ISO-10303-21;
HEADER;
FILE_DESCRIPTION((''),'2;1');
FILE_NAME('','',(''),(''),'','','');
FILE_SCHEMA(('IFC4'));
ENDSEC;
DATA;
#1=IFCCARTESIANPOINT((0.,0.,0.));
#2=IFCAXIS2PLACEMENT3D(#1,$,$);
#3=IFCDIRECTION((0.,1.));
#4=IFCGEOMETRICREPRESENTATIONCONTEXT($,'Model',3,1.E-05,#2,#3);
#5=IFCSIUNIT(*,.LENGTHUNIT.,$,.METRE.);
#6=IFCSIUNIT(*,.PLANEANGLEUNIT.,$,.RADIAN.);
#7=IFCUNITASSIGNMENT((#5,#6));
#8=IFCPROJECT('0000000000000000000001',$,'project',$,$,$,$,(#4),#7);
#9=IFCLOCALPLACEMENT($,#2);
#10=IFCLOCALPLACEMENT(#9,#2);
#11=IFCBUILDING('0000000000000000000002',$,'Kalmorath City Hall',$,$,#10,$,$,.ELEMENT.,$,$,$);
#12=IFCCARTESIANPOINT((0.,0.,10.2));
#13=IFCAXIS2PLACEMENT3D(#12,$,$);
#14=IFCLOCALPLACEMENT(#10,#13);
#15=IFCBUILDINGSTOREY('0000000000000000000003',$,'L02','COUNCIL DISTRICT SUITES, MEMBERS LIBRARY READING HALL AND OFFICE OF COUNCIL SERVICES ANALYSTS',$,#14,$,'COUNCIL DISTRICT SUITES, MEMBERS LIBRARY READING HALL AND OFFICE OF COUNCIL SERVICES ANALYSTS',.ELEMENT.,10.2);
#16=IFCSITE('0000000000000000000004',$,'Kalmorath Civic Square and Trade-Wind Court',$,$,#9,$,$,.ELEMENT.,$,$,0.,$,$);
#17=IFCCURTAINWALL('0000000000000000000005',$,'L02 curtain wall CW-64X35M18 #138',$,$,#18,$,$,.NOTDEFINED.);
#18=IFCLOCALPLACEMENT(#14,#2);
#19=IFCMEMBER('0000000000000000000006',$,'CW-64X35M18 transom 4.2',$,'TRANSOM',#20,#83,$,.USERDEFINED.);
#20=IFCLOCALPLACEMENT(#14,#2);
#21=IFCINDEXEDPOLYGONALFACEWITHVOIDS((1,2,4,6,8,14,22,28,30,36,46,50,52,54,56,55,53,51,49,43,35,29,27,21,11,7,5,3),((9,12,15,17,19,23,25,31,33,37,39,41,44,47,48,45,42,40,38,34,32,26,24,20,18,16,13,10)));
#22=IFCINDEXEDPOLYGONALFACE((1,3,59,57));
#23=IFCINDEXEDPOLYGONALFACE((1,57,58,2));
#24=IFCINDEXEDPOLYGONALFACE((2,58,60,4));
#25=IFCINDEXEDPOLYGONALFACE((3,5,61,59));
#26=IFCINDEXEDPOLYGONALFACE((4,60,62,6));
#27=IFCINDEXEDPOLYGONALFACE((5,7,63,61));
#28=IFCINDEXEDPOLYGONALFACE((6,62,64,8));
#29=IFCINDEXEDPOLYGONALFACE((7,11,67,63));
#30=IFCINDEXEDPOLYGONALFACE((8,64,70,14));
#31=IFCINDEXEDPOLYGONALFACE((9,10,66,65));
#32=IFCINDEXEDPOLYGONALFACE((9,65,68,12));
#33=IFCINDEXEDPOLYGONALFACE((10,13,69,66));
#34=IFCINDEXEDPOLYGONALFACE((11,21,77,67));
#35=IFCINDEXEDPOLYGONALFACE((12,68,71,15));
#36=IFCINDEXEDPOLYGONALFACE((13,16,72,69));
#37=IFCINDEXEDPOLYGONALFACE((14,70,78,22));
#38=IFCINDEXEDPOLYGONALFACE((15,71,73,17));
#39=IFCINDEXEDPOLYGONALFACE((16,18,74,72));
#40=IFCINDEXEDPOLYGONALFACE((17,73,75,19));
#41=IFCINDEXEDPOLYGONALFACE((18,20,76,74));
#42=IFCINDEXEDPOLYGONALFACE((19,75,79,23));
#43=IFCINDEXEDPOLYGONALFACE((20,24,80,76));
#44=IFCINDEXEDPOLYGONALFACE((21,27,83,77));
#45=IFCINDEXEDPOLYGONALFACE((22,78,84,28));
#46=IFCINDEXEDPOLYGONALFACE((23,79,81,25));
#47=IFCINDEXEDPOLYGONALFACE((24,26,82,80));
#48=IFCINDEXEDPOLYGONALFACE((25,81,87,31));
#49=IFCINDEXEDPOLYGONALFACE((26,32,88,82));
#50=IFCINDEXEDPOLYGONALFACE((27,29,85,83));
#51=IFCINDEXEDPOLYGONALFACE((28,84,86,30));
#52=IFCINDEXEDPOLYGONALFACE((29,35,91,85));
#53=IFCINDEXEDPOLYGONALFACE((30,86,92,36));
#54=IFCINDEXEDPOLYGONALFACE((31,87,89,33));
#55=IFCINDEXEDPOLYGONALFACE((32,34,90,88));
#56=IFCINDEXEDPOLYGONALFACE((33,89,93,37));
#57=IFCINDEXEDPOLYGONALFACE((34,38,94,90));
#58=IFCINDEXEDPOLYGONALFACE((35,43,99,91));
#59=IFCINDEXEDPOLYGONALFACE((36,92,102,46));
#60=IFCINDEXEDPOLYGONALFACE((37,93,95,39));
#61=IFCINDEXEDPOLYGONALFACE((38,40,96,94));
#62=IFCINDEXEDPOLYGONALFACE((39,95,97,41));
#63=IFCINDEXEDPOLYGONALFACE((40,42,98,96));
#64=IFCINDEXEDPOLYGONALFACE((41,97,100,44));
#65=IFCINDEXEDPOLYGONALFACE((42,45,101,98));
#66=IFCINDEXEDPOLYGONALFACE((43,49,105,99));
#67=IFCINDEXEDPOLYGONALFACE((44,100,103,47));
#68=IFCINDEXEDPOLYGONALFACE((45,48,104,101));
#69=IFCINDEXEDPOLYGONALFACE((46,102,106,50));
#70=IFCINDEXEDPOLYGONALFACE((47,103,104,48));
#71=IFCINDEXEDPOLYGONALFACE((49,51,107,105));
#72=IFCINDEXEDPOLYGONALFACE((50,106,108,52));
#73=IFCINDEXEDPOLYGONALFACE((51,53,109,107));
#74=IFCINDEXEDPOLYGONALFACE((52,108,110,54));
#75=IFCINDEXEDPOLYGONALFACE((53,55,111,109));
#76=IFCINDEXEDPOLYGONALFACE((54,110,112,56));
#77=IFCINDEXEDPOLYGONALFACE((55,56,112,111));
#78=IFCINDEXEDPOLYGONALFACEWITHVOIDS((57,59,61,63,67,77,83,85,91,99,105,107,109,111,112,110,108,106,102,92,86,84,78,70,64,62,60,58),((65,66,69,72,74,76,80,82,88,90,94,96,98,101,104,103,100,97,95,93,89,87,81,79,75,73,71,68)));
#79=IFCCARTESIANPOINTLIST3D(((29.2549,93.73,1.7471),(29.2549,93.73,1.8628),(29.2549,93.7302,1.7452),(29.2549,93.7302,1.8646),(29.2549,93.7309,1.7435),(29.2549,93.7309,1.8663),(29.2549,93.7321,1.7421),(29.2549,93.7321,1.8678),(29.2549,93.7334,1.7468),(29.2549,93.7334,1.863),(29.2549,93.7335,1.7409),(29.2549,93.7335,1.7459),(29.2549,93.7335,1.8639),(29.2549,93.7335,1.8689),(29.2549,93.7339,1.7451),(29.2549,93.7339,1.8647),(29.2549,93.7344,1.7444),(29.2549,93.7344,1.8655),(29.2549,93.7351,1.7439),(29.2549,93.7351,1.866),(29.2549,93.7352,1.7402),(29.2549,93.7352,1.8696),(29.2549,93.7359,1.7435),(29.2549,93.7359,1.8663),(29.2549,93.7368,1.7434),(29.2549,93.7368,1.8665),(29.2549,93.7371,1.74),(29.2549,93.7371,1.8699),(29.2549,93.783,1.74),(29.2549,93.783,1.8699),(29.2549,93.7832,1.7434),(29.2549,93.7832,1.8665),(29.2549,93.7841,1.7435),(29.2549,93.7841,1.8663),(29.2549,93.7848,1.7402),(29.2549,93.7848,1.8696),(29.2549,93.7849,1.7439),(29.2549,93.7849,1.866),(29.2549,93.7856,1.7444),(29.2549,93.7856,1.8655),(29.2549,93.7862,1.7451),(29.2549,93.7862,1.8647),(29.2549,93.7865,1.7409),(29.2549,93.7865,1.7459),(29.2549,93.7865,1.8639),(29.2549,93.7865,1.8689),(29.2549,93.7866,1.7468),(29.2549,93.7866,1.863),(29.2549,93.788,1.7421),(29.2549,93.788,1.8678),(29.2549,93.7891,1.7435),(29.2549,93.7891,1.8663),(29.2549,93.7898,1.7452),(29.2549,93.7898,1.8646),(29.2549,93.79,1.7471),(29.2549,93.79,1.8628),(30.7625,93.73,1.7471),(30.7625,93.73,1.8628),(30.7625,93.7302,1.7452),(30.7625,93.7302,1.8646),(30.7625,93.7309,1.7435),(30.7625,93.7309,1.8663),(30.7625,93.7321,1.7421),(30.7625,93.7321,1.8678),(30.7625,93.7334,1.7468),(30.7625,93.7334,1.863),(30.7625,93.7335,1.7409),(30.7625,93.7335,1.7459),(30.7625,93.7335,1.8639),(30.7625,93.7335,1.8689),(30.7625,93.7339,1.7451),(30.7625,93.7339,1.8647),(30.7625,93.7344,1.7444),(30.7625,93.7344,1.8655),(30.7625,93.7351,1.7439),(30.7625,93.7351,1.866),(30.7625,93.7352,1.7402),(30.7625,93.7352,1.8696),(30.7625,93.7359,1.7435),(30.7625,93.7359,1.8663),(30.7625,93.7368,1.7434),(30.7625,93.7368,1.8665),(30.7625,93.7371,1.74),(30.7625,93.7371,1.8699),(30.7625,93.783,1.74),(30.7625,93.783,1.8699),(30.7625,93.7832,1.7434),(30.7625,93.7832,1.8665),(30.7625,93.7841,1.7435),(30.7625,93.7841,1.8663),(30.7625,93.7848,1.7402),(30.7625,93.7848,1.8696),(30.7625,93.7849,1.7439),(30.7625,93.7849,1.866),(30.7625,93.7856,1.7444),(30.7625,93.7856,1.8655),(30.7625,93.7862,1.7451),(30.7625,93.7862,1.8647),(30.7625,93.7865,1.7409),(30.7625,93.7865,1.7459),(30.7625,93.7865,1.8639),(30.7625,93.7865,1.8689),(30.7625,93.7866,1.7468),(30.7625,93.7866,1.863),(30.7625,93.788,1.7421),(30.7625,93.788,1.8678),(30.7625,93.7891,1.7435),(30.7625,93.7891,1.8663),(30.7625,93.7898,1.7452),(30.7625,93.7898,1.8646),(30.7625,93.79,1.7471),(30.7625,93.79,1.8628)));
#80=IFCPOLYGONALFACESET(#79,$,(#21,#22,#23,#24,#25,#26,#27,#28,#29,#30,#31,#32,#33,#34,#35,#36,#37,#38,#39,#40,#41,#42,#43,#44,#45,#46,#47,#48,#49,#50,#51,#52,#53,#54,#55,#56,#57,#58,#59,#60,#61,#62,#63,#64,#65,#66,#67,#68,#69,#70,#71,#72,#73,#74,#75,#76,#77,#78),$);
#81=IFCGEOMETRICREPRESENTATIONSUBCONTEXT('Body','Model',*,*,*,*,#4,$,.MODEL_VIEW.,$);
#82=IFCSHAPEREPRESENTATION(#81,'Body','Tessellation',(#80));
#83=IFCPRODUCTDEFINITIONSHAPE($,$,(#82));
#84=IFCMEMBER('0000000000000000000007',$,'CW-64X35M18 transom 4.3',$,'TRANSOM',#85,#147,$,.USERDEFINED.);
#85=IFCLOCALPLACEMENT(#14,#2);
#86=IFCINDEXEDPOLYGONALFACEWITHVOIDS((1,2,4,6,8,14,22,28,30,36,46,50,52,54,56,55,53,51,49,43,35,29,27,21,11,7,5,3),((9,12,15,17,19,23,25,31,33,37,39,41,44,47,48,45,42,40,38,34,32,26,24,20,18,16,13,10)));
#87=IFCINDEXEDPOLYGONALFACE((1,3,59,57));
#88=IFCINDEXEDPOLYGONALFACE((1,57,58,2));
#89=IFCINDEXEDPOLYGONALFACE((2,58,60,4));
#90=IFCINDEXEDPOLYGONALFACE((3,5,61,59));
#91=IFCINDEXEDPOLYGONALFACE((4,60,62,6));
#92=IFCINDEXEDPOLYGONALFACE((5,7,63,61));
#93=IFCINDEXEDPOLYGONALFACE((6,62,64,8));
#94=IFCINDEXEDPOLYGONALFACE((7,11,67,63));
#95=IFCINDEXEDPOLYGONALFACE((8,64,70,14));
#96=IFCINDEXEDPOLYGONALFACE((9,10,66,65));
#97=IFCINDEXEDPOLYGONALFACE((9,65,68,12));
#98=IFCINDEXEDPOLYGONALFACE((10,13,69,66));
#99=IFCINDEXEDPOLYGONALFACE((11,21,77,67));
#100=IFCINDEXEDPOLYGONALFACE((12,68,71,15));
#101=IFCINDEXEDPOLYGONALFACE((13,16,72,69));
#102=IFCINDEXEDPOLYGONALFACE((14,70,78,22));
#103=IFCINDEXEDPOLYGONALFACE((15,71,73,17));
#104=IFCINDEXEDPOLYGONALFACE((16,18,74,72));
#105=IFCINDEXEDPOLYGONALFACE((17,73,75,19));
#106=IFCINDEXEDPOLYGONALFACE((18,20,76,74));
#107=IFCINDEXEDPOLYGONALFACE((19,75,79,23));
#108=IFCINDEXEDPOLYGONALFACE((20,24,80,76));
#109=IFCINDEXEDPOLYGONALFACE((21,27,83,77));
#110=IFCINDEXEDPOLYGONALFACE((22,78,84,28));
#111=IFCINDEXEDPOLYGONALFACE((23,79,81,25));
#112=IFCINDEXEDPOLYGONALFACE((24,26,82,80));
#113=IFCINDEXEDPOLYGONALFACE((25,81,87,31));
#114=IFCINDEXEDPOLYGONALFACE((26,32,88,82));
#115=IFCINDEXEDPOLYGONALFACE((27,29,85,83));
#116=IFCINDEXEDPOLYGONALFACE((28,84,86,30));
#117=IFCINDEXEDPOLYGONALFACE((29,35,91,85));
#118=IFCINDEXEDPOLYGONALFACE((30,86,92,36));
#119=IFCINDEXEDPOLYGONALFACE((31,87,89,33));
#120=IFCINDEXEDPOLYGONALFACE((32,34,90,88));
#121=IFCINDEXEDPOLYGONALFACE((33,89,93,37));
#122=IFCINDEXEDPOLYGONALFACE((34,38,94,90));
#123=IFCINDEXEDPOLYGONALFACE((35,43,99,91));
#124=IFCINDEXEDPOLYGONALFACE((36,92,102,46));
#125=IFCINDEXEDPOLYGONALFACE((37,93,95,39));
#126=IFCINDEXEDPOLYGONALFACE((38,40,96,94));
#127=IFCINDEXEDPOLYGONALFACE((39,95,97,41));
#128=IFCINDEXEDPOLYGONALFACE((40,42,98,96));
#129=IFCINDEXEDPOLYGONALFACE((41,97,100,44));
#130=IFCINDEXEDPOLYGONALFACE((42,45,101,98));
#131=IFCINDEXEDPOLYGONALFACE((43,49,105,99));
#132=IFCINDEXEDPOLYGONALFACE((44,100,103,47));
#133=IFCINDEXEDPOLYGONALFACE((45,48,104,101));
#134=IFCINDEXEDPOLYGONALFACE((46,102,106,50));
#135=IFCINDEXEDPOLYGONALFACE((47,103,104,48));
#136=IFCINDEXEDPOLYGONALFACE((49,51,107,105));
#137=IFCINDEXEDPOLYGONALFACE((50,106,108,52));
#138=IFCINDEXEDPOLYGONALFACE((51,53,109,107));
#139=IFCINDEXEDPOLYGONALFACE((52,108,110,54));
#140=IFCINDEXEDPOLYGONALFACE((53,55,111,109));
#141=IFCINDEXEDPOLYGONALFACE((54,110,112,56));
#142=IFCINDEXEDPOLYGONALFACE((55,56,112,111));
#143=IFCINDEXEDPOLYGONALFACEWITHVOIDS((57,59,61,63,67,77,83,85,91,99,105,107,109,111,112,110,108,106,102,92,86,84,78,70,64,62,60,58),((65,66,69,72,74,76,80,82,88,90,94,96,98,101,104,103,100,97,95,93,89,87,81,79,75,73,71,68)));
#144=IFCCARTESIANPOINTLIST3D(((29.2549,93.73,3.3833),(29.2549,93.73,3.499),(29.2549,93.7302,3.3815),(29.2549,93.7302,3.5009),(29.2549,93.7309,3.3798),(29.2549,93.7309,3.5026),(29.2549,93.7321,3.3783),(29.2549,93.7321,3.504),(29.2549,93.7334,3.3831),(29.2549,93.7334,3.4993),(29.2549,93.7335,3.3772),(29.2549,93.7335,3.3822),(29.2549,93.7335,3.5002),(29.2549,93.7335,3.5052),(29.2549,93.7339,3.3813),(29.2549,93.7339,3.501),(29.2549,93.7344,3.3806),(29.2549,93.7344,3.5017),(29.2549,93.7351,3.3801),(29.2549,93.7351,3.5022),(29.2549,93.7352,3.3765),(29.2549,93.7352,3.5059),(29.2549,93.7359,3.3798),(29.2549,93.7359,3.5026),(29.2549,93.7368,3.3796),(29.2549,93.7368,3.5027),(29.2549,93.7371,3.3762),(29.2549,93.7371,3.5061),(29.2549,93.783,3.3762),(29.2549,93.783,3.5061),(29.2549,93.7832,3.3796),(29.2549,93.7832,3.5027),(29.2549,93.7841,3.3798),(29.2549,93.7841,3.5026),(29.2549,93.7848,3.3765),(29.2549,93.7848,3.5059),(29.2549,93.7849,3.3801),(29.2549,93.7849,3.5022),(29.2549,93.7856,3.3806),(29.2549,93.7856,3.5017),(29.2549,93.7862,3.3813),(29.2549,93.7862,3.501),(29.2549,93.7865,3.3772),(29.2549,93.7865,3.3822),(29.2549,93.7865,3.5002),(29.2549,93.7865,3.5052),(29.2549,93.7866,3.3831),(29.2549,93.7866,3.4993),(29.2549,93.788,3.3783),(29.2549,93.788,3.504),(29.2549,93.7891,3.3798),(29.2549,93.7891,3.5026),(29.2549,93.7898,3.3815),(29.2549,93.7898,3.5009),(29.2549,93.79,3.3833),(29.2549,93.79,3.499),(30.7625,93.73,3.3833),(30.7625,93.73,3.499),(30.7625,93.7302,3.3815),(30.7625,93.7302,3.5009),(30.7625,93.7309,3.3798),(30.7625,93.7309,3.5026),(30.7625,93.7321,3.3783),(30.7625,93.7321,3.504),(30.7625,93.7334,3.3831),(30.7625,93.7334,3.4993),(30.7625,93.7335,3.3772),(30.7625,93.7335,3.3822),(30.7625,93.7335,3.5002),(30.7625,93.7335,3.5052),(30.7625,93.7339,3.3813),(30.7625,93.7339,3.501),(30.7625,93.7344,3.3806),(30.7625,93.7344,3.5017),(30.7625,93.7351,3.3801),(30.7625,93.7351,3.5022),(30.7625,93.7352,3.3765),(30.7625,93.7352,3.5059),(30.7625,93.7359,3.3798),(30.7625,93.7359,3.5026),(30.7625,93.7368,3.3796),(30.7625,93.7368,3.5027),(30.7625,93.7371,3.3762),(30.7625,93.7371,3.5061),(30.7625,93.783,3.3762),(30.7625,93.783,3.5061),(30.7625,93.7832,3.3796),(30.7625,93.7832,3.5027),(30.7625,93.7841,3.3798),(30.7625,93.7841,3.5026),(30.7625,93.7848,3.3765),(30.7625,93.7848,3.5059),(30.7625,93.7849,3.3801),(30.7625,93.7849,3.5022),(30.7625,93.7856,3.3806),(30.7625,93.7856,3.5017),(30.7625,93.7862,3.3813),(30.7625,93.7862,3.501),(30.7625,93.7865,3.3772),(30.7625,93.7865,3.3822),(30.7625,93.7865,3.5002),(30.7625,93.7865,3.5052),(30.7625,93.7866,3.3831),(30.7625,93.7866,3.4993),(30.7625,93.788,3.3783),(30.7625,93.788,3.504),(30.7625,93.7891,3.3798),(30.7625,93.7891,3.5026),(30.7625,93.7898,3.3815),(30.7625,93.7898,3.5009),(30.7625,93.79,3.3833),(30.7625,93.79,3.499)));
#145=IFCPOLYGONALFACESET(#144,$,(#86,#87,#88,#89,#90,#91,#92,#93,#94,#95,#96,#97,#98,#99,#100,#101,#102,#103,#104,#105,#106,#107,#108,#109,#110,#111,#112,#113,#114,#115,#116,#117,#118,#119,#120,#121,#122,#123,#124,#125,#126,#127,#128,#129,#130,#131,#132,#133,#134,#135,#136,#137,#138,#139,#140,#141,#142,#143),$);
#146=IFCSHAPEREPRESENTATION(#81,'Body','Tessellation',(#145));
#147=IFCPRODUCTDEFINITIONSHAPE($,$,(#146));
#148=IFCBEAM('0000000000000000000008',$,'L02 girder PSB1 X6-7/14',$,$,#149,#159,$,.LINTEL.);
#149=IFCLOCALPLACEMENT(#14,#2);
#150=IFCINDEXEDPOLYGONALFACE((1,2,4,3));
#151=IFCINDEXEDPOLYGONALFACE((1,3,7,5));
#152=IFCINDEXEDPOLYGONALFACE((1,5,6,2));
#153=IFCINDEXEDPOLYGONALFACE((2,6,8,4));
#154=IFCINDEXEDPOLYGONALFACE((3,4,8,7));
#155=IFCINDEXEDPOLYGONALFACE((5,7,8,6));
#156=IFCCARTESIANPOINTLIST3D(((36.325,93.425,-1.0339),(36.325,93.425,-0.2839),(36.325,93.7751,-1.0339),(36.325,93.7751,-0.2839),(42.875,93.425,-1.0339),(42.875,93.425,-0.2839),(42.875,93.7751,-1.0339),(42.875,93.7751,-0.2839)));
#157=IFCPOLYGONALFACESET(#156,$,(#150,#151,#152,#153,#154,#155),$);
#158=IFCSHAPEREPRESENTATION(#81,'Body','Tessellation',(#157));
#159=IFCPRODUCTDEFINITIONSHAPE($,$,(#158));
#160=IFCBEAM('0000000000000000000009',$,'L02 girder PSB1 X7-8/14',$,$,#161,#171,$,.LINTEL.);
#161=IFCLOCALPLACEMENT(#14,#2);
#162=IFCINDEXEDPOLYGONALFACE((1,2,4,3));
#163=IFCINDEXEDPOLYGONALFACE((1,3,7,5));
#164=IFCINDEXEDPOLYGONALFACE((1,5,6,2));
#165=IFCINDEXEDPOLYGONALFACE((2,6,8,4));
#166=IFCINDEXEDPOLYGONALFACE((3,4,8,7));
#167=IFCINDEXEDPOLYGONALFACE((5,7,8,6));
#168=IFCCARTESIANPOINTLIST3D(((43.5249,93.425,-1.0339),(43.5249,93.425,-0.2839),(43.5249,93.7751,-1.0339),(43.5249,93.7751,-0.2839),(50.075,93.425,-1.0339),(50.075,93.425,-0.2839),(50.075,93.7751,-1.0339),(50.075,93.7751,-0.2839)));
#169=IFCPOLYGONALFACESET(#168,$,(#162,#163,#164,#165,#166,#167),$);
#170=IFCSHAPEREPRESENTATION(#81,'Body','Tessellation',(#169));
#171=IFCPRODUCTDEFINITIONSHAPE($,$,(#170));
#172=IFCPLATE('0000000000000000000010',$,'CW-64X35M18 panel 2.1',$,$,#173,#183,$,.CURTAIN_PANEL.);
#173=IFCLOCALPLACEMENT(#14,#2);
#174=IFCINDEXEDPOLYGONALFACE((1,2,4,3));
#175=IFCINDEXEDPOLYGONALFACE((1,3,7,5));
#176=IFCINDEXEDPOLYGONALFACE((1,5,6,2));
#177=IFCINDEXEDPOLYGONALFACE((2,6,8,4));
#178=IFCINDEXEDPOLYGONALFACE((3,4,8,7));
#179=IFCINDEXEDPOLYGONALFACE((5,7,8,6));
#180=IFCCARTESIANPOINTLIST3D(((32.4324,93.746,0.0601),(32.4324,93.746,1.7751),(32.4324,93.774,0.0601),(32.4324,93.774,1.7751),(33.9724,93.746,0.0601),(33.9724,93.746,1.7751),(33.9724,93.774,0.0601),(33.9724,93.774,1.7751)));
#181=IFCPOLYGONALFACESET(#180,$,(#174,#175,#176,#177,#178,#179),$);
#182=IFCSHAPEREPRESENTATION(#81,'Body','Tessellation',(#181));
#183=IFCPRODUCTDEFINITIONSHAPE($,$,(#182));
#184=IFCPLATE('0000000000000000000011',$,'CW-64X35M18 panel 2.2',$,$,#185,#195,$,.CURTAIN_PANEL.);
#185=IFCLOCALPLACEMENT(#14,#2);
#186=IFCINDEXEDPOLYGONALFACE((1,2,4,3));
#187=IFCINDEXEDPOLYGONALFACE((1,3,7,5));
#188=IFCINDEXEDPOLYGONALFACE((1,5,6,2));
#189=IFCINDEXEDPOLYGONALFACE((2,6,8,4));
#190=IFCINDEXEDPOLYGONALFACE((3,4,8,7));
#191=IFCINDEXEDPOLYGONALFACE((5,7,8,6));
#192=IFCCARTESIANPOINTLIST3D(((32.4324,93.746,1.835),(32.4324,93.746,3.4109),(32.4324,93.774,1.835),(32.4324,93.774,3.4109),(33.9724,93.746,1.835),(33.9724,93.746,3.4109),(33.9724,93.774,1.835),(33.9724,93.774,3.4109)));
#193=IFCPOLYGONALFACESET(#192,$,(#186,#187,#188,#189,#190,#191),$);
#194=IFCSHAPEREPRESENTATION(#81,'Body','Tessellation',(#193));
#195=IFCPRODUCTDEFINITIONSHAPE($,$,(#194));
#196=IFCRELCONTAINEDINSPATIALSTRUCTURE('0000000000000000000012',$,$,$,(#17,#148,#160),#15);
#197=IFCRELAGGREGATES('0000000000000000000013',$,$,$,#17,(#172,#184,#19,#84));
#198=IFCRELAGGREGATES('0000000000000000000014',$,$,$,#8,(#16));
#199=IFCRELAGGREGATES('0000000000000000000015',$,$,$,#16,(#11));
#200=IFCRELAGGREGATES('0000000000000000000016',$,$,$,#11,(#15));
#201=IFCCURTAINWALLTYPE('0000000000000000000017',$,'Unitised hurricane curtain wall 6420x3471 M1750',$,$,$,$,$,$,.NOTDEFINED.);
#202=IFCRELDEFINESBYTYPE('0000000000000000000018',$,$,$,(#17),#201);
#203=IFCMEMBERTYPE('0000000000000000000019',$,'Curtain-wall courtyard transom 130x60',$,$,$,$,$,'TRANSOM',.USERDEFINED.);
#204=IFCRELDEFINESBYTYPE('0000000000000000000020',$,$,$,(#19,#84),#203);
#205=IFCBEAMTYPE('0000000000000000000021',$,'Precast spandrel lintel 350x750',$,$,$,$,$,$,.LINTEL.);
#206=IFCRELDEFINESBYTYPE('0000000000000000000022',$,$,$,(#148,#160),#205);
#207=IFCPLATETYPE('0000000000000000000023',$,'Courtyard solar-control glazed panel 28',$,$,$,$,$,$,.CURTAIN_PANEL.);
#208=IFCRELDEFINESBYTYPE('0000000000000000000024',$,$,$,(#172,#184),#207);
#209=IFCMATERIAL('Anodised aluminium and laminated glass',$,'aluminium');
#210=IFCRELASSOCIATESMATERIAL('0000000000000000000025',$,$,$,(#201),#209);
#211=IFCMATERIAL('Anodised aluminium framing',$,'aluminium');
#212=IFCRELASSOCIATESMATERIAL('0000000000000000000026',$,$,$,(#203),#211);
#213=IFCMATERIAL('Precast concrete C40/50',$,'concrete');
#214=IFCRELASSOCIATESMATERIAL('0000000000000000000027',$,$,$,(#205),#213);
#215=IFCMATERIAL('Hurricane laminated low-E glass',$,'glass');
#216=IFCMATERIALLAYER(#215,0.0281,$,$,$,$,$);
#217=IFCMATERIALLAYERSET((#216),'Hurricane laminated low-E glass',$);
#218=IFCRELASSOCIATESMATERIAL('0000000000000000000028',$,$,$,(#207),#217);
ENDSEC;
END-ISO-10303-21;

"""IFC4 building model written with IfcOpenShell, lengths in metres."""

from ifc_helpers import new_model, si_unit, direction, frame, origin, origin_2d, place, context, subcontext, project, spatial, rectangle, hollow_rectangle, extrude, material, layer, layer_set, material_profile, profile_set, type_object, element, aggregate, save


model = new_model("IFC4")

# Units and contexts
model_context = context("Model", 3, precision=1e-05, world=origin(), true_north=direction((0.0, 1.0)))
body_context = subcontext(model_context, "Body", "Model", "MODEL_VIEW")
ifc_project = project(units=[si_unit("LENGTHUNIT", "METRE"), si_unit("PLANEANGLEUNIT", "RADIAN")], contexts=[model_context])

# Site, building, storey
site_placement = place(None, origin())
site = spatial("IfcSite", under=ifc_project, at=site_placement, Name="Kalmorath Civic Square and Trade-Wind Court", CompositionType="ELEMENT", RefElevation=0.0)
building_placement = place(site_placement, origin())
building = spatial("IfcBuilding", under=site, at=building_placement, Name="Kalmorath City Hall", CompositionType="ELEMENT")
storey_placement = place(building_placement, frame((0.0, 0.0, 10.2)))
storey = spatial("IfcBuildingStorey", under=building, at=storey_placement, Name="L02", Description="COUNCIL DISTRICT SUITES, MEMBERS LIBRARY READING HALL AND OFFICE OF COUNCIL SERVICES ANALYSTS", LongName="COUNCIL DISTRICT SUITES, MEMBERS LIBRARY READING HALL AND OFFICE OF COUNCIL SERVICES ANALYSTS", CompositionType="ELEMENT", Elevation=10.2)

# Curtain wall, members
ifc_material_1 = material(Name="Anodised aluminium and laminated glass", Category="aluminium")
curtain_wall_type = type_object("IfcCurtainWallType", Name="Unitised hurricane curtain wall 6420x3471 M1750", PredefinedType="NOTDEFINED", material=ifc_material_1)
curtain_wall_placement = place(storey_placement, origin())
curtain_wall = element("IfcCurtainWall", 1, at=curtain_wall_placement, inside=storey, type_object=curtain_wall_type, Name="L02 curtain wall CW-64X35M18 #138", PredefinedType="NOTDEFINED")
ifc_material_2 = material(Name="Anodised aluminium framing", Category="aluminium")
ifc_material_profile_1 = material_profile(ifc_material_2, hollow_rectangle(XDim=0.0601, YDim=0.1299, WallThickness=0.0034, InnerFilletRadius=0.0034, OuterFilletRadius=0.0071, at=origin_2d()), Name="ALU-TRN-130X60X3.5")
ifc_profile_set_1 = profile_set([ifc_material_profile_1], Name="Anodised aluminium framing")
member_type_1 = type_object("IfcMemberType", Name="Curtain-wall courtyard transom 130x60", ElementType="TRANSOM", PredefinedType="USERDEFINED", material=ifc_profile_set_1)
member_1_placement = place(storey_placement, frame((30.7625, 93.76, 1.8049), z_axis=(-1.0, 0.0, 0.0), x_axis=(0.0, -1.0, 0.0)))
member_1 = element("IfcMember", 2, at=member_1_placement, type_object=member_type_1, Name="CW-64X35M18 transom 4.2", ObjectType="TRANSOM", PredefinedType="USERDEFINED", context=body_context, shape_type="SweptSolid", body=[
    extrude(hollow_rectangle(XDim=0.0601, YDim=0.1299, WallThickness=0.0034, InnerFilletRadius=0.0034, OuterFilletRadius=0.0071, at=origin_2d()), origin(), (0.0, 0.0, 1.0), 1.5076),
])
member_2_placement = place(storey_placement, frame((30.7625, 93.76, 3.4412), z_axis=(-1.0, 0.0, 0.0), x_axis=(0.0, -1.0, 0.0)))
member_2 = element("IfcMember", 3, at=member_2_placement, type_object=member_type_1, Name="CW-64X35M18 transom 4.3", ObjectType="TRANSOM", PredefinedType="USERDEFINED", context=body_context, shape_type="SweptSolid", body=[
    extrude(hollow_rectangle(XDim=0.0601, YDim=0.1299, WallThickness=0.0034, InnerFilletRadius=0.0034, OuterFilletRadius=0.0071, at=origin_2d()), origin(), (0.0, 0.0, 1.0), 1.5076),
])

# Beams
ifc_material_3 = material(Name="Precast concrete C40/50", Category="concrete")
ifc_material_profile_2 = material_profile(ifc_material_3, rectangle(XDim=0.3501, YDim=0.75, at=origin_2d()), Name="PC-SP-350X750")
ifc_profile_set_2 = profile_set([ifc_material_profile_2], Name="Precast concrete C40/50")
beam_type = type_object("IfcBeamType", Name="Precast spandrel lintel 350x750", PredefinedType="LINTEL", material=ifc_profile_set_2)
for number, where, z_axis, x_axis, name in (
    (4, (36.325, 93.6001, -0.6589), (1.0, 0.0, 0.0), (0.0, 1.0, 0.0), "L02 girder PSB1 X6-7/14"),
    (5, (43.5249, 93.6001, -0.6589), (1.0, 0.0, 0.0), (0.0, 1.0, 0.0), "L02 girder PSB1 X7-8/14"),
):
    element("IfcBeam", number, at=place(storey_placement, frame(where, z_axis=z_axis, x_axis=x_axis)), inside=storey, type_object=beam_type, Name=name, PredefinedType="LINTEL", context=body_context, shape_type="SweptSolid", body=[
        extrude(rectangle(XDim=0.3501, YDim=0.75, at=origin_2d()), origin(), (0.0, 0.0, 1.0), 6.55),
    ])

# Plates
ifc_material_4 = material(Name="Hurricane laminated low-E glass", Category="glass")
ifc_layer_1 = layer(ifc_material_4, 0.0281)
ifc_layer_set_1 = layer_set([ifc_layer_1], Name="Hurricane laminated low-E glass")
plate_type = type_object("IfcPlateType", Name="Courtyard solar-control glazed panel 28", PredefinedType="CURTAIN_PANEL", material=ifc_layer_set_1)
plate_1_placement = place(storey_placement, frame((33.2024, 93.76, 0.0601), z_axis=(0.0, 0.0, 1.0), x_axis=(-1.0, 0.0, 0.0)))
plate_1 = element("IfcPlate", 6, at=plate_1_placement, type_object=plate_type, Name="CW-64X35M18 panel 2.1", PredefinedType="CURTAIN_PANEL", context=body_context, shape_type="SweptSolid", body=[
    extrude(rectangle(XDim=1.54, YDim=0.0281, at=origin_2d()), origin(), (0.0, 0.0, 1.0), 1.7151),
])
plate_2_placement = place(storey_placement, frame((33.2024, 93.76, 1.835), z_axis=(0.0, 0.0, 1.0), x_axis=(-1.0, 0.0, 0.0)))
plate_2 = element("IfcPlate", 7, at=plate_2_placement, type_object=plate_type, Name="CW-64X35M18 panel 2.2", PredefinedType="CURTAIN_PANEL", context=body_context, shape_type="SweptSolid", body=[
    extrude(rectangle(XDim=1.54, YDim=0.0281, at=origin_2d()), origin(), (0.0, 0.0, 1.0), 1.5759),
])
aggregate(curtain_wall, [plate_1, plate_2, member_1, member_2])

save(model, "model.ifc")
